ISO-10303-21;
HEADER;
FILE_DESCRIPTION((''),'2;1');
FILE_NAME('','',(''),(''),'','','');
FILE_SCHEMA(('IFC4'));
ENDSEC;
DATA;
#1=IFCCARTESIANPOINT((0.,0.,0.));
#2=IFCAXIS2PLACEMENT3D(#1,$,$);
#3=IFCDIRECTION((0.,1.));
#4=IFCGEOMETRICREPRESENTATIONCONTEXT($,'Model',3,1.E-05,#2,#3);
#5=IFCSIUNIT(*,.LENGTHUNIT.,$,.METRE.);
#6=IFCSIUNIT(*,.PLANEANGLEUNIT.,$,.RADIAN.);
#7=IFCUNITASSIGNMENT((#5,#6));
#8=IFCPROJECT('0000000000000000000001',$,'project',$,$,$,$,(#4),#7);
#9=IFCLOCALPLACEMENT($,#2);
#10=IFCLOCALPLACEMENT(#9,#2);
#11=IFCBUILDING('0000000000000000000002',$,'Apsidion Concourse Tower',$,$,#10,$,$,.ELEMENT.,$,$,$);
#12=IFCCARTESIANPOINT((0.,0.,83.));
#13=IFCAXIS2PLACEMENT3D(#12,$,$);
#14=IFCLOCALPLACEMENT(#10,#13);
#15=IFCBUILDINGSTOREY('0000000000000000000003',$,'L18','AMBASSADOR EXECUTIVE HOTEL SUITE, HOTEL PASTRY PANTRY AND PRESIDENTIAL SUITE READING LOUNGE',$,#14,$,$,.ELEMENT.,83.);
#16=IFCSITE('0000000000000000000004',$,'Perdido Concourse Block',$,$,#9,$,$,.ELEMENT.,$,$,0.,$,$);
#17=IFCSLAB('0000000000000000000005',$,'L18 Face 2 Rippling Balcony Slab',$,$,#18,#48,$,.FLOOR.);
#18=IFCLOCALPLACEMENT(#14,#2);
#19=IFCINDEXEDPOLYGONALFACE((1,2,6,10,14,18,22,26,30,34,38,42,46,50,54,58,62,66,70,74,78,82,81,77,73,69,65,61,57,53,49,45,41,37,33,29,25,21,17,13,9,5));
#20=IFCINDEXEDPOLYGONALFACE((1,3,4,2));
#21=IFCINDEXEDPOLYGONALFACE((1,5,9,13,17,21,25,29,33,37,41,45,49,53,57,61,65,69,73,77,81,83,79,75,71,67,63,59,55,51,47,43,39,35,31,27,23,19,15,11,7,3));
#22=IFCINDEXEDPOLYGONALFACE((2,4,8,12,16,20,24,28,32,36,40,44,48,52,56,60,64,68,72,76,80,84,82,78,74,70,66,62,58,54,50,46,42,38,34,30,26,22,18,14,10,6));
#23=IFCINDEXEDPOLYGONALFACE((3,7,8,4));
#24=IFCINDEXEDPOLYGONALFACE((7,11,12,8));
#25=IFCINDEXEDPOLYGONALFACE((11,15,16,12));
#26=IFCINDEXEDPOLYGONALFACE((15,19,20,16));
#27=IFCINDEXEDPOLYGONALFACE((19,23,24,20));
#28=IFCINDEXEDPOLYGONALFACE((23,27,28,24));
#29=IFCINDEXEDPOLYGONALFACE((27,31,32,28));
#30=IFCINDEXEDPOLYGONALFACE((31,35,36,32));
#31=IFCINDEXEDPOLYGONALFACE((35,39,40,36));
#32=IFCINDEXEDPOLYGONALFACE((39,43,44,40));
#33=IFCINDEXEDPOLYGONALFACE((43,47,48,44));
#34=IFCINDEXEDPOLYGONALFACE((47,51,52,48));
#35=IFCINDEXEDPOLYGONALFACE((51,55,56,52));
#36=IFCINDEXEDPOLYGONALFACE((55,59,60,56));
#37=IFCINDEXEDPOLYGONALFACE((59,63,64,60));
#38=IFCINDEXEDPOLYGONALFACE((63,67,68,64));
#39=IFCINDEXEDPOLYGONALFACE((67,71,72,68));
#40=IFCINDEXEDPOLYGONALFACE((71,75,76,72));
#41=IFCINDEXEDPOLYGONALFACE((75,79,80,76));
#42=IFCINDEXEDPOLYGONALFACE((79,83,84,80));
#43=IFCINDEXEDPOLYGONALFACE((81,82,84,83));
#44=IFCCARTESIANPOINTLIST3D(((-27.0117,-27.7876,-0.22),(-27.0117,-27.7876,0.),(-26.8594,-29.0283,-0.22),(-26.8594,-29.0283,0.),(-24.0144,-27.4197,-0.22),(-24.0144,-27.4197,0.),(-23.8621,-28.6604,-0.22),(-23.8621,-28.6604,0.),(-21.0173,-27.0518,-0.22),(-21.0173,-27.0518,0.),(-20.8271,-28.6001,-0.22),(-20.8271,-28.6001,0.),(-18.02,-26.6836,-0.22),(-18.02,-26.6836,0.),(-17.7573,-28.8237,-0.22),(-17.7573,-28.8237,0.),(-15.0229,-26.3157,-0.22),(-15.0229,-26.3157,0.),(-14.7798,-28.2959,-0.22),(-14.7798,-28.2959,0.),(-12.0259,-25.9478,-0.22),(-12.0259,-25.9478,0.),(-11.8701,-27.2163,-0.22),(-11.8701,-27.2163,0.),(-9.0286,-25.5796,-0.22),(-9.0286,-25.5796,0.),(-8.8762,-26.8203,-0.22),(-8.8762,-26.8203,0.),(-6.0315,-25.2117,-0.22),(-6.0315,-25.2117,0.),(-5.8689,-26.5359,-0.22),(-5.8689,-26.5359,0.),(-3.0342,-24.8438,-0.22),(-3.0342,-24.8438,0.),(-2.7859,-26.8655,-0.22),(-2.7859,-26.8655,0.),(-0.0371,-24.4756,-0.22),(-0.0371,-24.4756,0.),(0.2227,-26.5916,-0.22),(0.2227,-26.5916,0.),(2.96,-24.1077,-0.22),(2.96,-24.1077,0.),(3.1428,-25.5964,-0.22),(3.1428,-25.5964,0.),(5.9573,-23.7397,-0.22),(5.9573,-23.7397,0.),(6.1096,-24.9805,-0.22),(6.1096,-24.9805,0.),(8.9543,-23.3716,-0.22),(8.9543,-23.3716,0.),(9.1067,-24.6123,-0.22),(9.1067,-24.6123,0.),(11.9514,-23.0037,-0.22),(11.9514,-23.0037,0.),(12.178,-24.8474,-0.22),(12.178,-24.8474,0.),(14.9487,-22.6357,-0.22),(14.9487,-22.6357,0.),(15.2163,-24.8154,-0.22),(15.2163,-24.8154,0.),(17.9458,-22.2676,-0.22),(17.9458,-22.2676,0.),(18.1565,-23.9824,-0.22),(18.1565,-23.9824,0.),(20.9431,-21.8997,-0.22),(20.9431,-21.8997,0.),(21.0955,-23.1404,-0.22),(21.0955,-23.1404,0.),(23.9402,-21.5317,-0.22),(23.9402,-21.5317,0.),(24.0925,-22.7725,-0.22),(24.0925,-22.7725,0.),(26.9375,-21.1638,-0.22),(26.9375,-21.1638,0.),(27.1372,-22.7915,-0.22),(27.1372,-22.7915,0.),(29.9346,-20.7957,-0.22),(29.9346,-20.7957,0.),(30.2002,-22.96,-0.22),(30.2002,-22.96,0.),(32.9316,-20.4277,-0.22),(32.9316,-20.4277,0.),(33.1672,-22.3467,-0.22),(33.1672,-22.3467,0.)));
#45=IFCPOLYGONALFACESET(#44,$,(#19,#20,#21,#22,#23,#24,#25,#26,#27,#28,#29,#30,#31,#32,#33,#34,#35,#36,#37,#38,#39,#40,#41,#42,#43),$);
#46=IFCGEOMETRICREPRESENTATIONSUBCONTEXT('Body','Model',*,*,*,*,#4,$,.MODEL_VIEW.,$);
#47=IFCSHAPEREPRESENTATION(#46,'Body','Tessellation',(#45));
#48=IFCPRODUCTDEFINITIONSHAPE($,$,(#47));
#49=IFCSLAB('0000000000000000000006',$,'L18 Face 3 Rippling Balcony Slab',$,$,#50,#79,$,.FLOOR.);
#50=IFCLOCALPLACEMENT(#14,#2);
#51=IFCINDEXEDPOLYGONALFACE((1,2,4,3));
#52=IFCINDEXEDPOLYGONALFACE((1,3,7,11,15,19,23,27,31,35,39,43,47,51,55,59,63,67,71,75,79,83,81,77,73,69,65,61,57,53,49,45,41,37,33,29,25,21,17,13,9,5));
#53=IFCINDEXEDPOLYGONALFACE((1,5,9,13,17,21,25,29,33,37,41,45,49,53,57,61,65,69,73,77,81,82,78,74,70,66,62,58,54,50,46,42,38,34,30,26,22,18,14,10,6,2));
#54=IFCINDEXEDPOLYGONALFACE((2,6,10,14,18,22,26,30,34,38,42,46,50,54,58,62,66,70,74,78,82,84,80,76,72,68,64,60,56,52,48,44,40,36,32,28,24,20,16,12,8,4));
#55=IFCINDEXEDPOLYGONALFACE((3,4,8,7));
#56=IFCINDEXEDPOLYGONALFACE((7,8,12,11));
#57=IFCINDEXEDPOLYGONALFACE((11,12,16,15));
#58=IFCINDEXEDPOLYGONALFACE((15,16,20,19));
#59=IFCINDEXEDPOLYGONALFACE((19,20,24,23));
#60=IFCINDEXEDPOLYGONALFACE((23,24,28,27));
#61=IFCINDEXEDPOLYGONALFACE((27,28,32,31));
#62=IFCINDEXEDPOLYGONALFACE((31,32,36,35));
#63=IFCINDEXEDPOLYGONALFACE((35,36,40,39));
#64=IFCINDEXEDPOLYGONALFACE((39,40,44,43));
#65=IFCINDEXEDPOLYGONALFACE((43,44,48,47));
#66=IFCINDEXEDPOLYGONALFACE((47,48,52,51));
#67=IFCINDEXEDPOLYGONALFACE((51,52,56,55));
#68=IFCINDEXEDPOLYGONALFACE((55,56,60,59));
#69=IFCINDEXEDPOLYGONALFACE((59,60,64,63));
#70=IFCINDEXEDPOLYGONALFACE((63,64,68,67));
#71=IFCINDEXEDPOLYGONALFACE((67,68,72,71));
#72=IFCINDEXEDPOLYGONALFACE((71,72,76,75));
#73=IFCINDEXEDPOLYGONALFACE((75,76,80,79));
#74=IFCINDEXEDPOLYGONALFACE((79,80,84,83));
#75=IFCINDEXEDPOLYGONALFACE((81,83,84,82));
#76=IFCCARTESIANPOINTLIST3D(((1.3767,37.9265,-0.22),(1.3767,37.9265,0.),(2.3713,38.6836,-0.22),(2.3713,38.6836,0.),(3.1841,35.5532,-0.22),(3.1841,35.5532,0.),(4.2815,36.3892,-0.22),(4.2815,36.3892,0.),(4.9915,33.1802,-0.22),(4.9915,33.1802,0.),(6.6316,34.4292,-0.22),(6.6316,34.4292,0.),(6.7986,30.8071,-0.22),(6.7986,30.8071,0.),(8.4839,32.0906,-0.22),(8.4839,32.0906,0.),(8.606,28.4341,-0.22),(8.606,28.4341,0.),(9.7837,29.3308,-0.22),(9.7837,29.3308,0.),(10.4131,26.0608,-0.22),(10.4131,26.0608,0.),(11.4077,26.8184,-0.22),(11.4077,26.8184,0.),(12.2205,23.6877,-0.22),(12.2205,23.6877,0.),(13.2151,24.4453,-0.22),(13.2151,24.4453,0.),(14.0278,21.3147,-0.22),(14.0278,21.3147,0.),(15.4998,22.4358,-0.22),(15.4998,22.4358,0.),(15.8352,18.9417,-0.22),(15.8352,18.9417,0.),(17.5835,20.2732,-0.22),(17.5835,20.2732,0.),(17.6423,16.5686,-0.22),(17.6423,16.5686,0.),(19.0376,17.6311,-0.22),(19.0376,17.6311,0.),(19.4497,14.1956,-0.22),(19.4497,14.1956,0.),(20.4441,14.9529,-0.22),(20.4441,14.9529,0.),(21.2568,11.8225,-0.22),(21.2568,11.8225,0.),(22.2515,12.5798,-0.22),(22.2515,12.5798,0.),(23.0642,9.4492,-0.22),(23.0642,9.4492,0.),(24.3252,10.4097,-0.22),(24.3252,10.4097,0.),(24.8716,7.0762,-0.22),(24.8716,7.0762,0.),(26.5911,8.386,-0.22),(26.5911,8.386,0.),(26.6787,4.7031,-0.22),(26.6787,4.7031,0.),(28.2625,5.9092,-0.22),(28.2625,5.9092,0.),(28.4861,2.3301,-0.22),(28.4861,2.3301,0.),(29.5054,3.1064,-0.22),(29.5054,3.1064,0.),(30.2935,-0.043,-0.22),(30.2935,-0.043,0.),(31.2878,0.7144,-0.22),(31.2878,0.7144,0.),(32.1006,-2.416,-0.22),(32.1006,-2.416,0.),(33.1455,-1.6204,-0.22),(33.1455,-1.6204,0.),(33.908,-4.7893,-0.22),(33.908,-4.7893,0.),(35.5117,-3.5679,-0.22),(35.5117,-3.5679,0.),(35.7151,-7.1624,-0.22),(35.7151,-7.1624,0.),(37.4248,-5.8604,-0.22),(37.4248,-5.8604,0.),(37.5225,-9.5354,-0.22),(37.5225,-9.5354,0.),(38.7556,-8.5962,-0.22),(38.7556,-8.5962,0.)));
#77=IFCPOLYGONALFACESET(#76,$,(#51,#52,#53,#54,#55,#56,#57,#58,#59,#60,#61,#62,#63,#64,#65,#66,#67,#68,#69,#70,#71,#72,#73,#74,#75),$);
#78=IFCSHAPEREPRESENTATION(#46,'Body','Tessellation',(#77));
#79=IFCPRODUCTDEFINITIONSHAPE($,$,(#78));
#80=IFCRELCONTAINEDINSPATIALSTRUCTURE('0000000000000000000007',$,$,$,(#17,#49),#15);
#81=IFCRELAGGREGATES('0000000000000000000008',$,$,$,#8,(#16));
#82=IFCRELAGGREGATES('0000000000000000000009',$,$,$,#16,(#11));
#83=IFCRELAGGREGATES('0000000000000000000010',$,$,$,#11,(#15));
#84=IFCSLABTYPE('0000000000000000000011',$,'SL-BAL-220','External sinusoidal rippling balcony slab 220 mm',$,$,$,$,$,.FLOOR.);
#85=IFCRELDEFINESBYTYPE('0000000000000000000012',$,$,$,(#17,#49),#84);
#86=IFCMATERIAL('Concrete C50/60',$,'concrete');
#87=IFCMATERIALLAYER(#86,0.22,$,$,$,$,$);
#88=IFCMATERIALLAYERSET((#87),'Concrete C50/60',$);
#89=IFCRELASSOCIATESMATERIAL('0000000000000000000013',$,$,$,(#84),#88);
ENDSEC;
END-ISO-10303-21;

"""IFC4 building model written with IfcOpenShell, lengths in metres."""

from ifc_helpers import new_model, si_unit, direction, frame, origin, place, context, subcontext, project, spatial, polyline, outline, extrude, material, layer, layer_set, type_object, element, save


model = new_model("IFC4")

# Units and contexts
model_context = context("Model", 3, precision=1e-05, world=origin(), true_north=direction((0.0, 1.0)))
body_context = subcontext(model_context, "Body", "Model", "MODEL_VIEW")
ifc_project = project(units=[si_unit("LENGTHUNIT", "METRE"), si_unit("PLANEANGLEUNIT", "RADIAN")], contexts=[model_context])

# Site, building, storey
site_placement = place(None, origin())
site = spatial("IfcSite", under=ifc_project, at=site_placement, Name="Perdido Concourse Block", CompositionType="ELEMENT", RefElevation=0.0)
building_placement = place(site_placement, origin())
building = spatial("IfcBuilding", under=site, at=building_placement, Name="Apsidion Concourse Tower", CompositionType="ELEMENT")
storey_placement = place(building_placement, frame((0.0, 0.0, 83.0)))
storey = spatial("IfcBuildingStorey", under=building, at=storey_placement, Name="L18", Description="AMBASSADOR EXECUTIVE HOTEL SUITE, HOTEL PASTRY PANTRY AND PRESIDENTIAL SUITE READING LOUNGE", CompositionType="ELEMENT", Elevation=83.0)

# Shared definitions
ifc_material_1 = material(Name="Concrete C50/60", Category="concrete")

# Slabs
ifc_layer_1 = layer(ifc_material_1, 0.22)
ifc_layer_set_1 = layer_set([ifc_layer_1], Name="Concrete C50/60")
slab_type_1 = type_object("IfcSlabType", Name="SL-BAL-220", Description="External sinusoidal rippling balcony slab 220 mm", PredefinedType="FLOOR", material=ifc_layer_set_1)
slab_1_placement = place(storey_placement, frame((0.0, 0.0, -0.22)))
element("IfcSlab", 1, at=slab_1_placement, inside=storey, type_object=slab_type_1, Name="L18 Face 2 Rippling Balcony Slab", PredefinedType="FLOOR", context=body_context, shape_type="SweptSolid", body=[
    extrude(outline(polyline([(-27.0117, -27.7876), (-24.0144, -27.4197), (-21.0173, -27.0518), (-18.02, -26.6836), (-15.0229, -26.3157), (-12.0259, -25.9478), (-9.0286, -25.5796), (-6.0315, -25.2117), (-3.0342, -24.8438), (-0.0371, -24.4756), (2.96, -24.1077), (5.9573, -23.7397), (8.9543, -23.3716), (11.9514, -23.0037), (14.9487, -22.6357), (17.9458, -22.2676), (20.9431, -21.8997), (23.9402, -21.5317), (26.9375, -21.1638), (29.9346, -20.7957), (32.9316, -20.4277), (33.1672, -22.3467), (30.2002, -22.96), (27.1372, -22.7915), (24.0925, -22.7725), (21.0955, -23.1404), (18.1565, -23.9824), (15.2163, -24.8154), (12.178, -24.8474), (9.1067, -24.6123), (6.1096, -24.9805), (3.1428, -25.5964), (0.2227, -26.5916), (-2.7859, -26.8655), (-5.8689, -26.5359), (-8.8762, -26.8203), (-11.8701, -27.2163), (-14.7798, -28.2959), (-17.7573, -28.8237), (-20.8271, -28.6001), (-23.8621, -28.6604), (-26.8594, -29.0283), (-27.0117, -27.7876)])), origin(), (0.0, 0.0, 1.0), 0.22),
])
slab_2_placement = place(storey_placement, frame((0.0, 0.0, -0.22)))
element("IfcSlab", 2, at=slab_2_placement, inside=storey, type_object=slab_type_1, Name="L18 Face 3 Rippling Balcony Slab", PredefinedType="FLOOR", context=body_context, shape_type="SweptSolid", body=[
    extrude(outline(polyline([(37.5225, -9.5354), (35.7151, -7.1624), (33.908, -4.7893), (32.1006, -2.416), (30.2935, -0.043), (28.4861, 2.3301), (26.6787, 4.7031), (24.8716, 7.0762), (23.0642, 9.4492), (21.2568, 11.8225), (19.4497, 14.1956), (17.6423, 16.5686), (15.8352, 18.9417), (14.0278, 21.3147), (12.2205, 23.6877), (10.4131, 26.0608), (8.606, 28.4341), (6.7986, 30.8071), (4.9915, 33.1802), (3.1841, 35.5532), (1.3767, 37.9265), (2.3713, 38.6836), (4.2815, 36.3892), (6.6316, 34.4292), (8.4839, 32.0906), (9.7837, 29.3308), (11.4077, 26.8184), (13.2151, 24.4453), (15.4998, 22.4358), (17.5835, 20.2732), (19.0376, 17.6311), (20.4441, 14.9529), (22.2515, 12.5798), (24.3252, 10.4097), (26.5911, 8.386), (28.2625, 5.9092), (29.5054, 3.1064), (31.2878, 0.7144), (33.1455, -1.6204), (35.5117, -3.5679), (37.4248, -5.8604), (38.7556, -8.5962), (37.5225, -9.5354)])), origin(), (0.0, 0.0, 1.0), 0.22),
])

save(model, "model.ifc")
